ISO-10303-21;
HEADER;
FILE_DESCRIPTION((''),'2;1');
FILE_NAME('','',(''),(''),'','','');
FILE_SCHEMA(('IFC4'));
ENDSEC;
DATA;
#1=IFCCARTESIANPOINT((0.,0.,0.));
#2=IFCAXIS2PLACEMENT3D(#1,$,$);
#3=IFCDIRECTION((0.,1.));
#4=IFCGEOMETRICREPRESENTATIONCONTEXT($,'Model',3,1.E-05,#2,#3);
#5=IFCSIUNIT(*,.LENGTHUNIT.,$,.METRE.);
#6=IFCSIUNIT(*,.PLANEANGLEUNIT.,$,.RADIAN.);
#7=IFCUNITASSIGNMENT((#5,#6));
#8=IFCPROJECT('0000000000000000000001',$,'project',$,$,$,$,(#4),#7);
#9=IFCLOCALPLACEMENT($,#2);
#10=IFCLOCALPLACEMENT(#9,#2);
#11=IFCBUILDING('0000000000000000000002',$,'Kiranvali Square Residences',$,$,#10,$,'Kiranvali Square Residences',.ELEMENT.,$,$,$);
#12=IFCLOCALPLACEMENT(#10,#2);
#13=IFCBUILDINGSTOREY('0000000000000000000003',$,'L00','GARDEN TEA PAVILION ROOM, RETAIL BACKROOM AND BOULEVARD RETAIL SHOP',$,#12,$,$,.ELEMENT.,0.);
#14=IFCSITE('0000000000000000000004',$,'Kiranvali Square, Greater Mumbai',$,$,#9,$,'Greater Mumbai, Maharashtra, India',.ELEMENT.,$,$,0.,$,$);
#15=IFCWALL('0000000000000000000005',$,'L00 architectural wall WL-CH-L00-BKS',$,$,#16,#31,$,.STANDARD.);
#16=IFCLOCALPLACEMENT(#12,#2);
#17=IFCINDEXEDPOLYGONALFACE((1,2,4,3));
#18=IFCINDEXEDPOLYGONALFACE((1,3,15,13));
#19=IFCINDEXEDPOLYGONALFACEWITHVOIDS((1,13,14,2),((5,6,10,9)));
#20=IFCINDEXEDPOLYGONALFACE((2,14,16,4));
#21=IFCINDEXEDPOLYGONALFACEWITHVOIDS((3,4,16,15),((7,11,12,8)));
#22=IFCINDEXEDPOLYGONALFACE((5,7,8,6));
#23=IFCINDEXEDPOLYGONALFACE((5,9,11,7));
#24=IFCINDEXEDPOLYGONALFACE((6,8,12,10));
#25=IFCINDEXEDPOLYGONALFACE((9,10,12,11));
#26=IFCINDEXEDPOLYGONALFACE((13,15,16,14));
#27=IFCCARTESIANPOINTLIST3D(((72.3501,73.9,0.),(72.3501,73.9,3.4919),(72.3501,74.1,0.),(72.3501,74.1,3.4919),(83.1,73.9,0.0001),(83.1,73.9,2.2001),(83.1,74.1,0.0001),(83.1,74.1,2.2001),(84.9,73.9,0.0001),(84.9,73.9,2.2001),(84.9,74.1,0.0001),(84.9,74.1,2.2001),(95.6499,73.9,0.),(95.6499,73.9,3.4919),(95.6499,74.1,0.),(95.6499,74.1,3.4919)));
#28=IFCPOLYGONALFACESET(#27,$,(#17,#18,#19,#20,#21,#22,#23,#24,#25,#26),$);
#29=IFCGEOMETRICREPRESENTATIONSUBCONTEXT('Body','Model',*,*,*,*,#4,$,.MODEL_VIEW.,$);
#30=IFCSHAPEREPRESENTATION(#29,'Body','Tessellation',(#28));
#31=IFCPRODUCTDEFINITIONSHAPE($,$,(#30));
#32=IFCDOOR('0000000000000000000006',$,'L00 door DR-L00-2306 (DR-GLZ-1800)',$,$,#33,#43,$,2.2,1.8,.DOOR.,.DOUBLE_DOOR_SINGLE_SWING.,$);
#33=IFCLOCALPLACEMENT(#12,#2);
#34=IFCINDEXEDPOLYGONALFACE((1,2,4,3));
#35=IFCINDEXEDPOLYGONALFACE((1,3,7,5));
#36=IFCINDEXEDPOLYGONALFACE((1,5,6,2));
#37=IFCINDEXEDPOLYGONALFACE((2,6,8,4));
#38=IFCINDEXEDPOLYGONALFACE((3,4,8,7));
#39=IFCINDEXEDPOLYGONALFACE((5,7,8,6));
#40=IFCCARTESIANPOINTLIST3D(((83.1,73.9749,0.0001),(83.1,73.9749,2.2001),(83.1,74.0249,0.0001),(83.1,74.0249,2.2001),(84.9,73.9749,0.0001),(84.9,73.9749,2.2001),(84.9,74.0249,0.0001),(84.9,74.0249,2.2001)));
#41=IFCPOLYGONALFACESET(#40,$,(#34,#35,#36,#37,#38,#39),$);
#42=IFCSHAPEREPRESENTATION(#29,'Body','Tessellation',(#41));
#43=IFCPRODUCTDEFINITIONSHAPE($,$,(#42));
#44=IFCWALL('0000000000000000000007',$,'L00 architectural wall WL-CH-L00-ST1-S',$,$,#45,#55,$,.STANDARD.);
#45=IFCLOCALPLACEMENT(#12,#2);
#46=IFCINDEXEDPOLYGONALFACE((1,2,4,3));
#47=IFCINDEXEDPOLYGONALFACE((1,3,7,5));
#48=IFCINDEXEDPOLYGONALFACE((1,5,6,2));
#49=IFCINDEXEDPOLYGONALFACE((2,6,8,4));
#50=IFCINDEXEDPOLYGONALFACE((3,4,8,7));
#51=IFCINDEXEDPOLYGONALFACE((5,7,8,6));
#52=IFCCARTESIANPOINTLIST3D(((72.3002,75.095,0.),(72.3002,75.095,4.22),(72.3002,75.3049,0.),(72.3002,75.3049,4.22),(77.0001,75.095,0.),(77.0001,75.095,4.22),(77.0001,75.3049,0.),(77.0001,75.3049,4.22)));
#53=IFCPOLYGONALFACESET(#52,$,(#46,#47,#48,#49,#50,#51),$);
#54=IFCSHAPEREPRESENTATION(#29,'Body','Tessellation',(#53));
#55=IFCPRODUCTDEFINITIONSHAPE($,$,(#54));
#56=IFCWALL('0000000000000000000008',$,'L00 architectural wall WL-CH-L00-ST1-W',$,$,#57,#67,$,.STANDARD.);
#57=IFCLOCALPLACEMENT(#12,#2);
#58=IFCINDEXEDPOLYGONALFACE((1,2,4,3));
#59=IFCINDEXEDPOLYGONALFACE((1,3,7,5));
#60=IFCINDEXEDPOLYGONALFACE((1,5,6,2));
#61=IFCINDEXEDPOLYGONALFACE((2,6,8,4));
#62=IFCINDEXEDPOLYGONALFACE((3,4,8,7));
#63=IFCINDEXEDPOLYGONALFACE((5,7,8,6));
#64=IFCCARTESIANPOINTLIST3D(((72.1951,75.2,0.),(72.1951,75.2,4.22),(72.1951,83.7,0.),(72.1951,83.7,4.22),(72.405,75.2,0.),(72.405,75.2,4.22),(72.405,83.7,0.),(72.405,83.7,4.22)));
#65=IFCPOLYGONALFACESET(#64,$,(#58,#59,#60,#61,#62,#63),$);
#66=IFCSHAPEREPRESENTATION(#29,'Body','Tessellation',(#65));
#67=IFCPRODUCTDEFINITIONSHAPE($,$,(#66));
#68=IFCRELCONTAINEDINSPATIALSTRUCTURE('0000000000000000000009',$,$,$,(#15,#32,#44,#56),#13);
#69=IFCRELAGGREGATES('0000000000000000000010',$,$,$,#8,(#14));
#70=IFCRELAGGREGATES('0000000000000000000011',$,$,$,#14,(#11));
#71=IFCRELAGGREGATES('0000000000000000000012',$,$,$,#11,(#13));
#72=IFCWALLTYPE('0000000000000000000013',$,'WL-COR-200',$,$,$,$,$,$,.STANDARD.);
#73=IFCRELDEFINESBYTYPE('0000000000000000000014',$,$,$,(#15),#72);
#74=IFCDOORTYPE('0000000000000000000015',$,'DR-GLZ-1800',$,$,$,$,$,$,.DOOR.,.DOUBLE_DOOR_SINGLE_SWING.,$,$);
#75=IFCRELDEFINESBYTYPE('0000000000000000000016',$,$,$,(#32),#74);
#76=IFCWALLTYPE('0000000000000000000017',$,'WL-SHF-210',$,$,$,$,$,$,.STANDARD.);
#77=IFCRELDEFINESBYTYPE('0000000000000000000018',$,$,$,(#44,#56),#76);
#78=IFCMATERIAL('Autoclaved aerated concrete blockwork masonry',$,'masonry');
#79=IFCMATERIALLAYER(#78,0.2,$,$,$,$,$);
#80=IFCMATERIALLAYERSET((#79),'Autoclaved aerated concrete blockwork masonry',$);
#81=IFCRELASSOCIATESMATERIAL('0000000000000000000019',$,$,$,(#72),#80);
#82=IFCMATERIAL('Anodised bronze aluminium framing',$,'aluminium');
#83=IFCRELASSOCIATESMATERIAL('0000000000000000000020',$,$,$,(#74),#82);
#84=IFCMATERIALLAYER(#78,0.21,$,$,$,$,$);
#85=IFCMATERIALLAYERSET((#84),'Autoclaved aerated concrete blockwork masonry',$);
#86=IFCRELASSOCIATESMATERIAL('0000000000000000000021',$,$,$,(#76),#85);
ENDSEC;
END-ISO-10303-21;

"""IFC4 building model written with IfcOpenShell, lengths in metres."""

from ifc_helpers import new_model, si_unit, direction, frame, frame_2d, origin, place, context, subcontext, project, spatial, rectangle, extrude, material, layer, layer_set, type_object, element, fill, save


model = new_model("IFC4")

# Units and contexts
model_context = context("Model", 3, precision=1e-05, world=origin(), true_north=direction((0.0, 1.0)))
body_context = subcontext(model_context, "Body", "Model", "MODEL_VIEW")
ifc_project = project(units=[si_unit("LENGTHUNIT", "METRE"), si_unit("PLANEANGLEUNIT", "RADIAN")], contexts=[model_context])

# Site, building, storey
site_placement = place(None, origin())
site = spatial("IfcSite", under=ifc_project, at=site_placement, Name="Kiranvali Square, Greater Mumbai", LongName="Greater Mumbai, Maharashtra, India", CompositionType="ELEMENT", RefElevation=0.0)
building_placement = place(site_placement, origin())
building = spatial("IfcBuilding", under=site, at=building_placement, Name="Kiranvali Square Residences", LongName="Kiranvali Square Residences", CompositionType="ELEMENT")
storey_placement = place(building_placement, origin())
storey = spatial("IfcBuildingStorey", under=building, at=storey_placement, Name="L00", Description="GARDEN TEA PAVILION ROOM, RETAIL BACKROOM AND BOULEVARD RETAIL SHOP", CompositionType="ELEMENT", Elevation=0.0)

# Shared definitions
ifc_material_1 = material(Name="Anodised bronze aluminium framing", Category="aluminium")

# Wall, opening, door
ifc_material_2 = material(Name="Autoclaved aerated concrete blockwork masonry", Category="masonry")
ifc_layer_1 = layer(ifc_material_2, 0.2)
ifc_layer_set_1 = layer_set([ifc_layer_1], Name="Autoclaved aerated concrete blockwork masonry")
wall_type_1 = type_object("IfcWallType", Name="WL-COR-200", PredefinedType="STANDARD", material=ifc_layer_set_1)
wall_1_placement = place(storey_placement, frame((72.3501, 74.0, 0.0), z_axis=(0.0, 0.0, 1.0), x_axis=(1.0, 0.0, 0.0)))
wall_1 = element("IfcWall", 1, at=wall_1_placement, inside=storey, type_object=wall_type_1, Name="L00 architectural wall WL-CH-L00-BKS", PredefinedType="STANDARD", context=body_context, shape_type="SweptSolid", body=[
    extrude(rectangle(XDim=23.2998, YDim=0.2, at=frame_2d((11.6499, 0.0))), origin(), (0.0, 0.0, 1.0), 3.4919),
])
opening_placement = place(wall_1_placement, frame((10.75, 0.0, 0.0)))
opening = element("IfcOpeningElement", 2, at=opening_placement, cuts=wall_1, PredefinedType="OPENING", context=body_context, shape_type="SweptSolid", body=[
    extrude(rectangle(XDim=1.8, YDim=2.2, at=frame_2d((0.8999, 1.1001))), frame((0.0, 0.1099, 0.0), z_axis=(0.0, -1.0, 0.0), x_axis=(1.0, 0.0, 0.0)), (0.0, 0.0, 1.0), 0.22),
])
door_type = type_object("IfcDoorType", Name="DR-GLZ-1800", OperationType="DOUBLE_DOOR_SINGLE_SWING", PredefinedType="DOOR", material=ifc_material_1)
door_placement = place(opening_placement, origin())
door = element("IfcDoor", 3, at=door_placement, inside=storey, type_object=door_type, Name="L00 door DR-L00-2306 (DR-GLZ-1800)", OperationType="DOUBLE_DOOR_SINGLE_SWING", OverallHeight=2.2, OverallWidth=1.8, PredefinedType="DOOR", context=body_context, shape_type="SweptSolid", body=[
    extrude(rectangle(XDim=1.8, YDim=2.2, at=frame_2d((0.8999, 1.1001))), frame((0.0, 0.0249, 0.0), z_axis=(0.0, -1.0, 0.0), x_axis=(1.0, 0.0, 0.0)), (0.0, 0.0, 1.0), 0.05),
])
fill(opening, door)

# Walls
ifc_layer_2 = layer(ifc_material_2, 0.21)
ifc_layer_set_2 = layer_set([ifc_layer_2], Name="Autoclaved aerated concrete blockwork masonry")
wall_type_2 = type_object("IfcWallType", Name="WL-SHF-210", PredefinedType="STANDARD", material=ifc_layer_set_2)
wall_2_placement = place(storey_placement, frame((72.3, 75.2, 0.0), z_axis=(0.0, 0.0, 1.0), x_axis=(1.0, 0.0, 0.0)))
element("IfcWall", 4, at=wall_2_placement, inside=storey, type_object=wall_type_2, Name="L00 architectural wall WL-CH-L00-ST1-S", PredefinedType="STANDARD", context=body_context, shape_type="SweptSolid", body=[
    extrude(rectangle(XDim=4.7, YDim=0.21, at=frame_2d((2.3501, 0.0))), origin(), (0.0, 0.0, 1.0), 4.22),
])
wall_3_placement = place(storey_placement, frame((72.3, 75.2, 0.0), z_axis=(0.0, 0.0, 1.0), x_axis=(0.0, 1.0, 0.0)))
element("IfcWall", 5, at=wall_3_placement, inside=storey, type_object=wall_type_2, Name="L00 architectural wall WL-CH-L00-ST1-W", PredefinedType="STANDARD", context=body_context, shape_type="SweptSolid", body=[
    extrude(rectangle(XDim=8.5, YDim=0.21, at=frame_2d((4.25, 0.0))), origin(), (0.0, 0.0, 1.0), 4.22),
])

save(model, "model.ifc")
